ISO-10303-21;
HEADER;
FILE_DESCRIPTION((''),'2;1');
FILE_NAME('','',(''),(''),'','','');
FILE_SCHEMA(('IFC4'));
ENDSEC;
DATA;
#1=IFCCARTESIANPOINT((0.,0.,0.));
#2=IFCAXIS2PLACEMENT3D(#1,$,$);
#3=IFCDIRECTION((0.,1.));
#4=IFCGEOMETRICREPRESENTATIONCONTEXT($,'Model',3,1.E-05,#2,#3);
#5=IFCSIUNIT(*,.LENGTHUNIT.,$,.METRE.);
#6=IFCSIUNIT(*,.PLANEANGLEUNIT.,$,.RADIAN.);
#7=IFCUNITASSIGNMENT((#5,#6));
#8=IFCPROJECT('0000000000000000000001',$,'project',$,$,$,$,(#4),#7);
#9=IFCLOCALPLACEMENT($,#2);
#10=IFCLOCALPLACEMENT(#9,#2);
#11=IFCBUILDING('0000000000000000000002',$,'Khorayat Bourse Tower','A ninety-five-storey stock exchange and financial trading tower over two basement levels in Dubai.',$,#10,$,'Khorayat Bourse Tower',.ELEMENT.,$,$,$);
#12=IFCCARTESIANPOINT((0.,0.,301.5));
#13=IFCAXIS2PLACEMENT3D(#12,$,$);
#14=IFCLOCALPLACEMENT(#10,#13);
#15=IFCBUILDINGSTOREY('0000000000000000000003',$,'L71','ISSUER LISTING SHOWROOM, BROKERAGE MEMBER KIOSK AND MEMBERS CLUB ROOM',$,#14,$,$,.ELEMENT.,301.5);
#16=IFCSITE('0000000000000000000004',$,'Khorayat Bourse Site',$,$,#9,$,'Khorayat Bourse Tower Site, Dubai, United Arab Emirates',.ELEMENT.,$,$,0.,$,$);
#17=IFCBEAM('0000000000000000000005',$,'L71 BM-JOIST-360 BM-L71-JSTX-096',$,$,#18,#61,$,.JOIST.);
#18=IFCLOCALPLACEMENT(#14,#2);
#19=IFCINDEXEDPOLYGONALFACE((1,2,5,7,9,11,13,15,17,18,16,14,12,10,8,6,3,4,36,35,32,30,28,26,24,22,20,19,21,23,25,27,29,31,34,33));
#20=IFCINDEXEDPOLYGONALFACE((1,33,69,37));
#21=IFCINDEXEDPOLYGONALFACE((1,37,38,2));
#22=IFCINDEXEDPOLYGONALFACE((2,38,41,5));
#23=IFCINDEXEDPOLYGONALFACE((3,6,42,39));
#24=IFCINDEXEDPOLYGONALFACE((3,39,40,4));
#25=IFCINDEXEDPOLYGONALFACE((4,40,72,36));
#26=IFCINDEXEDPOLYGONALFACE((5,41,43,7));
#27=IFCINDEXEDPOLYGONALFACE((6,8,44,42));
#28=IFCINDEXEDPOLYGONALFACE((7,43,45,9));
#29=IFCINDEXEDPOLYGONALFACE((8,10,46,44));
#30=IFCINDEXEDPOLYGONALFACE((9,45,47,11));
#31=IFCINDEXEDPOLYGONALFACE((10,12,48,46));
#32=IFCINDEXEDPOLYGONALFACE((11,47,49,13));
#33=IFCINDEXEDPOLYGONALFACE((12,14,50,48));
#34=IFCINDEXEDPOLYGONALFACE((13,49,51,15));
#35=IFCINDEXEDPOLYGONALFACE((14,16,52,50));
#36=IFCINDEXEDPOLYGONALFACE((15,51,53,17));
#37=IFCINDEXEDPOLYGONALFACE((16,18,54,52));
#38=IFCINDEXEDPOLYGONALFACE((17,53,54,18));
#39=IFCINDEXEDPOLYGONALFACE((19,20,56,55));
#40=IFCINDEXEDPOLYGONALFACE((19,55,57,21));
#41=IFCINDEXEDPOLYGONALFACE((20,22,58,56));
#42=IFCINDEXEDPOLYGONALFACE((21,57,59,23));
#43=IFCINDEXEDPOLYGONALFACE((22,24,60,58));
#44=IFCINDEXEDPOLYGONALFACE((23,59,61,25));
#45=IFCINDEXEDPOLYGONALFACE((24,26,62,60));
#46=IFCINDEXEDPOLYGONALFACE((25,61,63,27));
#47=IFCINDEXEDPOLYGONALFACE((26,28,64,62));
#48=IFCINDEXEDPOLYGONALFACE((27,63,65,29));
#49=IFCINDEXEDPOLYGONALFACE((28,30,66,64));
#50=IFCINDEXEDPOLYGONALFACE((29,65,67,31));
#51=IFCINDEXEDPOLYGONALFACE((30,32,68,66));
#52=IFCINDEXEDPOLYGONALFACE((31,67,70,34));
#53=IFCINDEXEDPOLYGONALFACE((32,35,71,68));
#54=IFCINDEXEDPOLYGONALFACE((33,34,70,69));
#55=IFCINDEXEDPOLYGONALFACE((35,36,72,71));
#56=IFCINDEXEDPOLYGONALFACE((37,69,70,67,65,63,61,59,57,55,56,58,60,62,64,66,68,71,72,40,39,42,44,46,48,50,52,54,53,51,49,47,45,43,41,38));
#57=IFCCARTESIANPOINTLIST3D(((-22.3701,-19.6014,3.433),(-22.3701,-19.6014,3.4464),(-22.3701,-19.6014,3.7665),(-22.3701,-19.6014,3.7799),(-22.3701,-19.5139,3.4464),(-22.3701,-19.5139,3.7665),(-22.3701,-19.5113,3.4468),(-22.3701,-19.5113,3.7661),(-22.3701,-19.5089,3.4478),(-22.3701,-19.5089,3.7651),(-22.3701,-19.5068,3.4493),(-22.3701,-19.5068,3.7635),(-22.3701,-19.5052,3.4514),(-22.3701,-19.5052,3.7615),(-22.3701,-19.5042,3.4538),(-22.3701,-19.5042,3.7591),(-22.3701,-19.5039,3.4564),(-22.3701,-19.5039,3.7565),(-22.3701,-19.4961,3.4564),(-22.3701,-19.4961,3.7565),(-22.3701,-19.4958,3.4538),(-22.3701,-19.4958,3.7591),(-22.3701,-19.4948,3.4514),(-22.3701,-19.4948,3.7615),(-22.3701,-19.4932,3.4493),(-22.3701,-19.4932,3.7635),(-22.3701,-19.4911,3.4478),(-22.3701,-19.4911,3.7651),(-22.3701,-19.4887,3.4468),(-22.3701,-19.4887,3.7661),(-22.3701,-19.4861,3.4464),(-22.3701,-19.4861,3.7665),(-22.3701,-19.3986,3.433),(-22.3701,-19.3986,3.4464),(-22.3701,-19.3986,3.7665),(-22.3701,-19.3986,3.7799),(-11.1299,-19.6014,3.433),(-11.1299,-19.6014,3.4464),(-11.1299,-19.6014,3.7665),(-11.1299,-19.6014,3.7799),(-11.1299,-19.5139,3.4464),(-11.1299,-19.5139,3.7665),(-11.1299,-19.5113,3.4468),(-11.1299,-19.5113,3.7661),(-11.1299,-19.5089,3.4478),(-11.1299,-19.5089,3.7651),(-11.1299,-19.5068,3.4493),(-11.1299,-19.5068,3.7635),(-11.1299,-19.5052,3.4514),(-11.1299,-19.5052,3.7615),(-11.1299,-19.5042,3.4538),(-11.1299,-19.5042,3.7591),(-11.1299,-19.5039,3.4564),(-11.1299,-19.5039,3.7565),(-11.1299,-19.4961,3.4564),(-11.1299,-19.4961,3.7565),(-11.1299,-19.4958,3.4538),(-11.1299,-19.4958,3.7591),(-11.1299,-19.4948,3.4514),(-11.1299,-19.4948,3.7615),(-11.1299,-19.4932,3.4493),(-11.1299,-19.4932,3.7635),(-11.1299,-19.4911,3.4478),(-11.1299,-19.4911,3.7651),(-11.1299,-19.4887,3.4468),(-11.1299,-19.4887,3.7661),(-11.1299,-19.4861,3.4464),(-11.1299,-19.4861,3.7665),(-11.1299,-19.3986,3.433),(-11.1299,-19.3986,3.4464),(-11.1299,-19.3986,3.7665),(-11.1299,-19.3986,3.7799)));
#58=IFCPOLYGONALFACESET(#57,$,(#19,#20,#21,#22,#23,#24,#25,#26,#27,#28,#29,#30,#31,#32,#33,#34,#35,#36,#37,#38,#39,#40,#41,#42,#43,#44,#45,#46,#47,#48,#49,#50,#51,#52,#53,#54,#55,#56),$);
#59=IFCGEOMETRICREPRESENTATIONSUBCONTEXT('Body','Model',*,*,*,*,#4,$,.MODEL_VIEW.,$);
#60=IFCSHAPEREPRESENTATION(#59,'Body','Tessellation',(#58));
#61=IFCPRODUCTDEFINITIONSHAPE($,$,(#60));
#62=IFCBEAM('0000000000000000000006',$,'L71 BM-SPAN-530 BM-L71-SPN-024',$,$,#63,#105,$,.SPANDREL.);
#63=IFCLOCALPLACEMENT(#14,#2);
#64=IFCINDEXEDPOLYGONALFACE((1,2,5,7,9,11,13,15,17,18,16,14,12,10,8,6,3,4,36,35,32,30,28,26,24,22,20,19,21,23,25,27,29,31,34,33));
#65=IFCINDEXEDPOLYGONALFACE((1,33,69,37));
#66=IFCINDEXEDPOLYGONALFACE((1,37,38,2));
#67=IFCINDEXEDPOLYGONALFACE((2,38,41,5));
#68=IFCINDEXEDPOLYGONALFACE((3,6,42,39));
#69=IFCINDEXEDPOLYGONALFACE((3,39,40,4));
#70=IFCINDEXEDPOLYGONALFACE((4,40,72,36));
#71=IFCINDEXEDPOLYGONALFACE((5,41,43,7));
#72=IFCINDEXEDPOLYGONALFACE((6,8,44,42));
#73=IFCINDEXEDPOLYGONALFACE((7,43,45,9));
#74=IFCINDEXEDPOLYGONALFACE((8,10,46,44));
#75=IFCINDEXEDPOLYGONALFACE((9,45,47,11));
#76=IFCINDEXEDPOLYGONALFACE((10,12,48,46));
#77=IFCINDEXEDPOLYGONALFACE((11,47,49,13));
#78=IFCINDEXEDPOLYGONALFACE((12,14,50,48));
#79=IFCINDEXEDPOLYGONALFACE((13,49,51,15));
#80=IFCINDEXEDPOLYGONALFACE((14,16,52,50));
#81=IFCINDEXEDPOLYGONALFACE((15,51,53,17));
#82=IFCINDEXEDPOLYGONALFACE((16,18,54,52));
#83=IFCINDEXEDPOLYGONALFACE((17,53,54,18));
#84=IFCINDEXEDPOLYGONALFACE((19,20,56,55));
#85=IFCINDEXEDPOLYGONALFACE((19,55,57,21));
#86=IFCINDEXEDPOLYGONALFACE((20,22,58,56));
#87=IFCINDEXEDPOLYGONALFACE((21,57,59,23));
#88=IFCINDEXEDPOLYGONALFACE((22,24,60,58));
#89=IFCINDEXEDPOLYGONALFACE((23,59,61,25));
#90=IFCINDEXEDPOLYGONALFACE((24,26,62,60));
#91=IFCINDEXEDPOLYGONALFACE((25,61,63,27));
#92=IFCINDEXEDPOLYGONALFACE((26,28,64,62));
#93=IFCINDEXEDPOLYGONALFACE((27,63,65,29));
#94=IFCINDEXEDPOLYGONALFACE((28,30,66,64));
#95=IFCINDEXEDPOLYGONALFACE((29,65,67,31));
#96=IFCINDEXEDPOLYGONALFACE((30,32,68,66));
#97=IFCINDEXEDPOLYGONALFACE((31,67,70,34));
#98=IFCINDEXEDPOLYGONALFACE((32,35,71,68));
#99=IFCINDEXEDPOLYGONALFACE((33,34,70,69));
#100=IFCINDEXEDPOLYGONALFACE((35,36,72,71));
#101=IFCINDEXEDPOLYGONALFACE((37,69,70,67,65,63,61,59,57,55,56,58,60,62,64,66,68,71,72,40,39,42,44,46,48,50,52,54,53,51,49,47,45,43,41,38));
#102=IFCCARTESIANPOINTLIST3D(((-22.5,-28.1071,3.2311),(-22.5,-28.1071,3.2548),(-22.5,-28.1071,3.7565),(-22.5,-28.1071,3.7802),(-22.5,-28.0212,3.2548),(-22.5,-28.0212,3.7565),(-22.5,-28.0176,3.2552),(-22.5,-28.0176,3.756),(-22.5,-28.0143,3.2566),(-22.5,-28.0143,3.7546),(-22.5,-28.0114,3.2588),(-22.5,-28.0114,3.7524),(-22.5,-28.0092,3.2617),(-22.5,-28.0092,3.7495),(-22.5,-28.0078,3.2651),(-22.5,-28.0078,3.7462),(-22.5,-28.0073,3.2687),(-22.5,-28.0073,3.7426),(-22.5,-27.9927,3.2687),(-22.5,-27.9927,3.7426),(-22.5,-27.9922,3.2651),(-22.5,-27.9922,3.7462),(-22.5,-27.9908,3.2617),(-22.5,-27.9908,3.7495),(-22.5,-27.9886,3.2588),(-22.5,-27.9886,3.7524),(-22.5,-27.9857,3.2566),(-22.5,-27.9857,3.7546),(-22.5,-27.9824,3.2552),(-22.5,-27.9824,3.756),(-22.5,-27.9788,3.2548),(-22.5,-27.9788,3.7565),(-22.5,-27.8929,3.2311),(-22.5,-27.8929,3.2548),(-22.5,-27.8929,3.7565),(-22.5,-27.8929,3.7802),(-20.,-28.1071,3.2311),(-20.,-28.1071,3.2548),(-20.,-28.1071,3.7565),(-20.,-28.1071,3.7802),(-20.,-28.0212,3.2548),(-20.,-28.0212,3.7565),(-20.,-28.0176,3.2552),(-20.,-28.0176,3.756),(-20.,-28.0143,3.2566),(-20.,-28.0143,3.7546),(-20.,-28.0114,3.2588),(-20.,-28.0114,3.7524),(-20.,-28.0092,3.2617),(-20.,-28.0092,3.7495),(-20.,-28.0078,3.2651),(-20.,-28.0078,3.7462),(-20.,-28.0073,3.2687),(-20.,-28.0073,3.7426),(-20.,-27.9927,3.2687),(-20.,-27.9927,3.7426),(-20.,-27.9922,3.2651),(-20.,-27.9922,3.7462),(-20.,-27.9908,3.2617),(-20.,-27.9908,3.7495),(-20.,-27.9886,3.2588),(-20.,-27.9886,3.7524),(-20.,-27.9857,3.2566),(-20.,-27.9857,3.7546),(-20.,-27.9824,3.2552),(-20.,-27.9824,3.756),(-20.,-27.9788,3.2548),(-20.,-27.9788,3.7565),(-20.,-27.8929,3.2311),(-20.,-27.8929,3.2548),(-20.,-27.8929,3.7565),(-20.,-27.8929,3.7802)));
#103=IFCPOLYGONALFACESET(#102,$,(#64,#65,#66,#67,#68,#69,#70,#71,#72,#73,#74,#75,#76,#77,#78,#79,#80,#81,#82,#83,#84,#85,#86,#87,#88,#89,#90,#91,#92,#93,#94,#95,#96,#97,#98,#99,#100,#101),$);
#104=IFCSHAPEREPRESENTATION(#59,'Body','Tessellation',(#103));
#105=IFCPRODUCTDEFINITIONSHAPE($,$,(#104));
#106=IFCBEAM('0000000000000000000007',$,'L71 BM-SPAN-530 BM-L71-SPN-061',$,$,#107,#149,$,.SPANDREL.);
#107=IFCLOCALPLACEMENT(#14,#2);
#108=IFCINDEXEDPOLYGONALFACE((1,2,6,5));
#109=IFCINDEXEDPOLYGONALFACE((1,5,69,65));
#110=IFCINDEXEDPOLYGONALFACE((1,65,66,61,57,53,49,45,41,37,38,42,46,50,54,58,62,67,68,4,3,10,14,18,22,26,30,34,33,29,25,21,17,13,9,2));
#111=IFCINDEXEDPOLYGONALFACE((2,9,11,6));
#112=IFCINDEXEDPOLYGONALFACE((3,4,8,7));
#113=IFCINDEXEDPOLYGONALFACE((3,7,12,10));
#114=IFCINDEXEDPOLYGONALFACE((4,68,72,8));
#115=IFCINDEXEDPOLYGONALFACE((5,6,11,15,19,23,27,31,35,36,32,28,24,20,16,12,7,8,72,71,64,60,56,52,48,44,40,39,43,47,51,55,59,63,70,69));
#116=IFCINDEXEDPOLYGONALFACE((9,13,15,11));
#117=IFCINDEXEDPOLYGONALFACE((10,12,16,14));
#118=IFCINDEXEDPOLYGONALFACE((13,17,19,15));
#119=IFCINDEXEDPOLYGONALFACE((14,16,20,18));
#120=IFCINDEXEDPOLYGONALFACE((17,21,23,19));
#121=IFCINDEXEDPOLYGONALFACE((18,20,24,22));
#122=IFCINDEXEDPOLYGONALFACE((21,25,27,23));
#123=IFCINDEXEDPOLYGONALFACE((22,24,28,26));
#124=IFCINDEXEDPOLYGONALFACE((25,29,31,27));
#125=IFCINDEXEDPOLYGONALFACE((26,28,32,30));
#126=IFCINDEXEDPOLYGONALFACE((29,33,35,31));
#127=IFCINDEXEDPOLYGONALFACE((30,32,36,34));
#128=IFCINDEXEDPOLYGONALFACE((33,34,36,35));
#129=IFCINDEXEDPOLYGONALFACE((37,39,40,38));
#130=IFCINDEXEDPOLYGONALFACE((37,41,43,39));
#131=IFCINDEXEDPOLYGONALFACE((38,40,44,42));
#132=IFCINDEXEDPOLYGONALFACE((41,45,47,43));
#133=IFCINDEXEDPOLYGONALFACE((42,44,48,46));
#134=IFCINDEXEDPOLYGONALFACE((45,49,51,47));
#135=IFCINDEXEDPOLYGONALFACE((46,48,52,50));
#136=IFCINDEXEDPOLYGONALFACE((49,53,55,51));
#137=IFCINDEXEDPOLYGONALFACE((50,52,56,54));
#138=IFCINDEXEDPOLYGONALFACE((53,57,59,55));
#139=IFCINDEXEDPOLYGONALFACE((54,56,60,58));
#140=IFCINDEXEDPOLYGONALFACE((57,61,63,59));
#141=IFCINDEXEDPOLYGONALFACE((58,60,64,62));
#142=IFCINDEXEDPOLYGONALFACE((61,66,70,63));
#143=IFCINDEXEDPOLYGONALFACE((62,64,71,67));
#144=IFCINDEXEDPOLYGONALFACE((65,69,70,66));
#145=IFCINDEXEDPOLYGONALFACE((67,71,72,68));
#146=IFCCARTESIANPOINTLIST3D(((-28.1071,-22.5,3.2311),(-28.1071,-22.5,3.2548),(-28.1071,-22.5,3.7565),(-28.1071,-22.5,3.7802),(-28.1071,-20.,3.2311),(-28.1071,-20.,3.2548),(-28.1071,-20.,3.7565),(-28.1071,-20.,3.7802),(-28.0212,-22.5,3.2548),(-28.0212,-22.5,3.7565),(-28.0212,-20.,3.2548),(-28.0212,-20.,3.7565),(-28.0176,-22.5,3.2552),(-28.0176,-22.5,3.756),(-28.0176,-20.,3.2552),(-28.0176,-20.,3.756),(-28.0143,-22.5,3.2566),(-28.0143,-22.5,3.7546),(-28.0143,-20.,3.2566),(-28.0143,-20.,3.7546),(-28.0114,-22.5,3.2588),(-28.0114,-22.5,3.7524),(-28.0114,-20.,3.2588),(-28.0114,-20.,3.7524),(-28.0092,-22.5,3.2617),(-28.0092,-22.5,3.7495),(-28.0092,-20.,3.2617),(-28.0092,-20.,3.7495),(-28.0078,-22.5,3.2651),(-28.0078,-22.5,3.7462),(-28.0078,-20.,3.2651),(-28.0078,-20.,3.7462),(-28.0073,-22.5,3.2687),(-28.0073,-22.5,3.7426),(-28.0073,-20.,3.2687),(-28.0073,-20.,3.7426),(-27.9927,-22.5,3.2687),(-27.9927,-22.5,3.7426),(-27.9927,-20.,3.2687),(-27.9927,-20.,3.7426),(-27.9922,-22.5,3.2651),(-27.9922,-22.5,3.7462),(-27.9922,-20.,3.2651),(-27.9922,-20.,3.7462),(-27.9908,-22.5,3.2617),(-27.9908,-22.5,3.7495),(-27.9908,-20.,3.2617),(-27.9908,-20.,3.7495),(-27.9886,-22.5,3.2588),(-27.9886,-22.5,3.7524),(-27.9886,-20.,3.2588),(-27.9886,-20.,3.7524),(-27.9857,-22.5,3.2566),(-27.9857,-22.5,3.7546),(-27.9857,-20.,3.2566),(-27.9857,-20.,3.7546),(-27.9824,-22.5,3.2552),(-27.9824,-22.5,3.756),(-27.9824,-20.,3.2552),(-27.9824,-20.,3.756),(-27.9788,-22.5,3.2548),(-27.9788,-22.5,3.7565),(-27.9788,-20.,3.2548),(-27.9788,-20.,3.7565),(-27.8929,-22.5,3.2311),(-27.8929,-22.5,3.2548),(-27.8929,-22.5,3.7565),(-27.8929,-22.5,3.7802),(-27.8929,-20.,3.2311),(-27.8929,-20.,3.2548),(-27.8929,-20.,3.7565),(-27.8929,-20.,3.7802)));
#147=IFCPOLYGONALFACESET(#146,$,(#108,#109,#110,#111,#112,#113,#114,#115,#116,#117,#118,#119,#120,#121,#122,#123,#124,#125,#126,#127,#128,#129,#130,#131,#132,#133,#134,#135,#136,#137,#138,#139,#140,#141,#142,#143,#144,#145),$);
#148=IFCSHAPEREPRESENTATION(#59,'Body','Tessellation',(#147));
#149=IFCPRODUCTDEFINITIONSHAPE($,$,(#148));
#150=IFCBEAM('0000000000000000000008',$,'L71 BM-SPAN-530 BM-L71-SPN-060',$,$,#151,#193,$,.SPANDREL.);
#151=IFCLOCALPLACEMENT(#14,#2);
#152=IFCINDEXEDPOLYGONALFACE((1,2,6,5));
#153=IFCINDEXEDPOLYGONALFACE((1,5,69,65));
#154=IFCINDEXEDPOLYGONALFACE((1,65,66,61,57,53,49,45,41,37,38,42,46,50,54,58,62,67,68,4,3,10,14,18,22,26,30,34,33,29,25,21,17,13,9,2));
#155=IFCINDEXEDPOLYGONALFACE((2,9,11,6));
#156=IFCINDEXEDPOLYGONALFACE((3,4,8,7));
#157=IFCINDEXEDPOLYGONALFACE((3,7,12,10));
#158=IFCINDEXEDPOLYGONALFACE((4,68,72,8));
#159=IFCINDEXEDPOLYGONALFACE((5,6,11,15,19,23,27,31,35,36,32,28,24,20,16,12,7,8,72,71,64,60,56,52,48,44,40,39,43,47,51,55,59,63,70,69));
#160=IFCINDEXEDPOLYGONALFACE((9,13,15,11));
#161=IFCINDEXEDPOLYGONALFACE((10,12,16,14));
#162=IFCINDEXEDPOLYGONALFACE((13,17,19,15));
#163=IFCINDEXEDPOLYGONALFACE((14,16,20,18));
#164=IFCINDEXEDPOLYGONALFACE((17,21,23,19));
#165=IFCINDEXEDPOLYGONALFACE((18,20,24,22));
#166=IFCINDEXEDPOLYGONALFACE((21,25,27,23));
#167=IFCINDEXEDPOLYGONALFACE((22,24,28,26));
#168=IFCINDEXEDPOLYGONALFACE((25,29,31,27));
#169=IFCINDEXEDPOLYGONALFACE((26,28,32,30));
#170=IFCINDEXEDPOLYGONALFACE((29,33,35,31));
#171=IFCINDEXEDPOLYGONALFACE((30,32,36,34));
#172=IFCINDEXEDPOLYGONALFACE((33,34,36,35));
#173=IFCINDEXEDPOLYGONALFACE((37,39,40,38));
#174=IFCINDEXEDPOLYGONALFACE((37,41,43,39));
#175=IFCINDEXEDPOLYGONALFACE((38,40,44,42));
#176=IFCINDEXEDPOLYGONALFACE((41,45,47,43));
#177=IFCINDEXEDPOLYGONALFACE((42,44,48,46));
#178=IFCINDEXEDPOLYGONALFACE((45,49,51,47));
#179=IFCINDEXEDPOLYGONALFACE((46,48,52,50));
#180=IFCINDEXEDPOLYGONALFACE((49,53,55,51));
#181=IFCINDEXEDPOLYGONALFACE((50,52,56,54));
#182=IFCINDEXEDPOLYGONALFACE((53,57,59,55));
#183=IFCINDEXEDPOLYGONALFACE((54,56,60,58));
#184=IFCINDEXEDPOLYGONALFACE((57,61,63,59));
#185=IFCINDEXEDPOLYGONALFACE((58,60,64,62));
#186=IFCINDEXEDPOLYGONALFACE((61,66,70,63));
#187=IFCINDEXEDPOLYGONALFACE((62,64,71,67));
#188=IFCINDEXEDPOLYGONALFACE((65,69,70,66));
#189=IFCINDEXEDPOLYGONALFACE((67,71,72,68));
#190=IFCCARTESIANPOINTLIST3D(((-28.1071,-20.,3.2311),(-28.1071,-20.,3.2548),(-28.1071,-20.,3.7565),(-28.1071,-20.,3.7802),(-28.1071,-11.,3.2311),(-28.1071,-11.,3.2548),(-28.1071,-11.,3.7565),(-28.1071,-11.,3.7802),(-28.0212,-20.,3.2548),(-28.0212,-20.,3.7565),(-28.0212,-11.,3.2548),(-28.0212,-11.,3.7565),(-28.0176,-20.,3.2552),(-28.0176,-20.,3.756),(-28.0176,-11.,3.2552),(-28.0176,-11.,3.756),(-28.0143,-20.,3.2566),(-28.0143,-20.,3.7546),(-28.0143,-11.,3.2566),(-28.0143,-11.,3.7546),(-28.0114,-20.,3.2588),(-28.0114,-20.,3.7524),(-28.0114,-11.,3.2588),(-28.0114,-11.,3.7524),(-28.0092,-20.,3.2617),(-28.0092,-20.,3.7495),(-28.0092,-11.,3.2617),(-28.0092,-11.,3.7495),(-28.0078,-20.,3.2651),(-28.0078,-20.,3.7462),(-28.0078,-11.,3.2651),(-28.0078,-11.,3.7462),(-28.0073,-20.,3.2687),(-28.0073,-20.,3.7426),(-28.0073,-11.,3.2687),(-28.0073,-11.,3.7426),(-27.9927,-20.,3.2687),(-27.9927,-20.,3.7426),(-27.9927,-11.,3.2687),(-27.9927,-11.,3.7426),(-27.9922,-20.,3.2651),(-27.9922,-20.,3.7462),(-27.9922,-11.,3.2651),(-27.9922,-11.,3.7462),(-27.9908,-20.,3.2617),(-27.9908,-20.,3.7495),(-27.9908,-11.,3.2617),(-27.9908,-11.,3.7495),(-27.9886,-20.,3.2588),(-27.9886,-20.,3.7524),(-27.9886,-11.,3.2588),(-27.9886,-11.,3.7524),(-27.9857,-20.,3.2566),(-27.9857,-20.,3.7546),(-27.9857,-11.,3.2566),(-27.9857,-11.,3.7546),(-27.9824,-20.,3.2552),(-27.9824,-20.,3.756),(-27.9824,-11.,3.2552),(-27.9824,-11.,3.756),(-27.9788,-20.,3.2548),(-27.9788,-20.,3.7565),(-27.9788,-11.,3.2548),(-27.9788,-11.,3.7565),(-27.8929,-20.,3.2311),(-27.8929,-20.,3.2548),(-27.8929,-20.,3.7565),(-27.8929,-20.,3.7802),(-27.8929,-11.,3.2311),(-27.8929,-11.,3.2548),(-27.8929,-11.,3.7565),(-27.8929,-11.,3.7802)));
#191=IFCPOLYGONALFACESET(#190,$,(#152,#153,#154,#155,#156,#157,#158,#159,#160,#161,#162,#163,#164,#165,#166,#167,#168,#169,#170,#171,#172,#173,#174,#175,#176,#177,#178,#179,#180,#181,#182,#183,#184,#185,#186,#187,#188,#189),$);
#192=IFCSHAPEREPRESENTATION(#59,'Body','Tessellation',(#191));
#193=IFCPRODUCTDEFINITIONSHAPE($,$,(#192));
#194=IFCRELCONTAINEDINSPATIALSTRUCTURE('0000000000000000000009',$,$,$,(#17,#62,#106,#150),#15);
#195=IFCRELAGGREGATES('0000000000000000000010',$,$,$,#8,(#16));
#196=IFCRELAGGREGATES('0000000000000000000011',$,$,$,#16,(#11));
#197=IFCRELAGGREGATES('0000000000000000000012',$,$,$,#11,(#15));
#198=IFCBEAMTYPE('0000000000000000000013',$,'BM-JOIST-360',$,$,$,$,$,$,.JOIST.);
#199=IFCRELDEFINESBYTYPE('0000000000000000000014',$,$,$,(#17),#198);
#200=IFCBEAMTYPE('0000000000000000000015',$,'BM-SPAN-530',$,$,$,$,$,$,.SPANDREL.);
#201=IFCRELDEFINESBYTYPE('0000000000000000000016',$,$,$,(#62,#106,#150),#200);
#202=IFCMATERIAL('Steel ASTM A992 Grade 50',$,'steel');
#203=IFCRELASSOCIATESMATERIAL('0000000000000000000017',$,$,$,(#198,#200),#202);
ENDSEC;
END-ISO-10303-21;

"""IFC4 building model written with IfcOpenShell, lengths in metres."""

from ifc_helpers import new_model, si_unit, direction, frame, origin, origin_2d, place, context, subcontext, project, spatial, i_section, extrude, source, transform, mapped, material, material_profile, profile_set, type_object, element, save


model = new_model("IFC4")

# Units and contexts
model_context = context("Model", 3, precision=1e-05, world=origin(), true_north=direction((0.0, 1.0)))
body_context = subcontext(model_context, "Body", "Model", "MODEL_VIEW")
ifc_project = project(units=[si_unit("LENGTHUNIT", "METRE"), si_unit("PLANEANGLEUNIT", "RADIAN")], contexts=[model_context])

# Site, building, storey
site_placement = place(None, origin())
site = spatial("IfcSite", under=ifc_project, at=site_placement, Name="Khorayat Bourse Site", LongName="Khorayat Bourse Tower Site, Dubai, United Arab Emirates", CompositionType="ELEMENT", RefElevation=0.0)
building_placement = place(site_placement, origin())
building = spatial("IfcBuilding", under=site, at=building_placement, Name="Khorayat Bourse Tower", Description="A ninety-five-storey stock exchange and financial trading tower over two basement levels in Dubai.", LongName="Khorayat Bourse Tower", CompositionType="ELEMENT")
storey_placement = place(building_placement, frame((0.0, 0.0, 301.5)))
storey = spatial("IfcBuildingStorey", under=building, at=storey_placement, Name="L71", Description="ISSUER LISTING SHOWROOM, BROKERAGE MEMBER KIOSK AND MEMBERS CLUB ROOM", CompositionType="ELEMENT", Elevation=301.5)

# Beams
ifc_material_1 = material(Name="Steel ASTM A992 Grade 50", Category="steel")
ifc_material_profile_1 = material_profile(ifc_material_1, i_section(OverallWidth=0.2029, OverallDepth=0.3469, WebThickness=0.0078, FlangeThickness=0.0134, FilletRadius=0.01, at=origin_2d()), Name="W360X64")
ifc_profile_set_1 = profile_set([ifc_material_profile_1], Name="Steel ASTM A992 Grade 50")
beam_type_1 = type_object("IfcBeamType", Name="BM-JOIST-360", PredefinedType="JOIST", material=ifc_profile_set_1)
shared_shape_1 = source(origin(), body_context, "Body", "SweptSolid", [
    extrude(i_section(OverallWidth=0.2029, OverallDepth=0.3469, WebThickness=0.0078, FlangeThickness=0.0134, FilletRadius=0.01, at=origin_2d()), origin(), (0.0, 0.0, 1.0), 11.2402),
])
beam_1_placement = place(storey_placement, frame((-22.3701, -19.5, 3.6064), z_axis=(1.0, 0.0, 0.0), x_axis=(0.0, 1.0, 0.0)))
element("IfcBeam", 1, at=beam_1_placement, inside=storey, type_object=beam_type_1, Name="L71 BM-JOIST-360 BM-L71-JSTX-096", PredefinedType="JOIST", context=body_context, shape_type="MappedRepresentation", body=[
    mapped(shared_shape_1, transform((0.0, 0.0, 0.0), scale=1.0)),
])
ifc_material_profile_2 = material_profile(ifc_material_1, i_section(OverallWidth=0.2141, OverallDepth=0.5491, WebThickness=0.0146, FlangeThickness=0.0237, FilletRadius=0.0139, at=origin_2d()), Name="W530X138")
ifc_profile_set_2 = profile_set([ifc_material_profile_2], Name="Steel ASTM A992 Grade 50")
beam_type_2 = type_object("IfcBeamType", Name="BM-SPAN-530", PredefinedType="SPANDREL", material=ifc_profile_set_2)
shared_shape_2 = source(origin(), body_context, "Body", "SweptSolid", [
    extrude(i_section(OverallWidth=0.2141, OverallDepth=0.5491, WebThickness=0.0146, FlangeThickness=0.0237, FilletRadius=0.0139, at=origin_2d()), origin(), (0.0, 0.0, 1.0), 2.5),
])
for number, where, z_axis, x_axis, name in (
    (2, (-22.5, -28.0, 3.5056), (1.0, 0.0, 0.0), (0.0, 1.0, 0.0), "L71 BM-SPAN-530 BM-L71-SPN-024"),
    (3, (-28.0, -22.5, 3.5056), (0.0, 1.0, 0.0), (-1.0, 0.0, 0.0), "L71 BM-SPAN-530 BM-L71-SPN-061"),
):
    element("IfcBeam", number, at=place(storey_placement, frame(where, z_axis=z_axis, x_axis=x_axis)), inside=storey, type_object=beam_type_2, Name=name, PredefinedType="SPANDREL", context=body_context, shape_type="MappedRepresentation", body=[
        mapped(shared_shape_2, transform((0.0, 0.0, 0.0), scale=1.0)),
    ])
shared_shape_3 = source(origin(), body_context, "Body", "SweptSolid", [
    extrude(i_section(OverallWidth=0.2141, OverallDepth=0.5491, WebThickness=0.0146, FlangeThickness=0.0237, FilletRadius=0.0139, at=origin_2d()), origin(), (0.0, 0.0, 1.0), 9.0),
])
beam_2_placement = place(storey_placement, frame((-28.0, -20.0, 3.5056), z_axis=(0.0, 1.0, 0.0), x_axis=(-1.0, 0.0, 0.0)))
element("IfcBeam", 4, at=beam_2_placement, inside=storey, type_object=beam_type_2, Name="L71 BM-SPAN-530 BM-L71-SPN-060", PredefinedType="SPANDREL", context=body_context, shape_type="MappedRepresentation", body=[
    mapped(shared_shape_3, transform((0.0, 0.0, 0.0), scale=1.0)),
])

save(model, "model.ifc")
